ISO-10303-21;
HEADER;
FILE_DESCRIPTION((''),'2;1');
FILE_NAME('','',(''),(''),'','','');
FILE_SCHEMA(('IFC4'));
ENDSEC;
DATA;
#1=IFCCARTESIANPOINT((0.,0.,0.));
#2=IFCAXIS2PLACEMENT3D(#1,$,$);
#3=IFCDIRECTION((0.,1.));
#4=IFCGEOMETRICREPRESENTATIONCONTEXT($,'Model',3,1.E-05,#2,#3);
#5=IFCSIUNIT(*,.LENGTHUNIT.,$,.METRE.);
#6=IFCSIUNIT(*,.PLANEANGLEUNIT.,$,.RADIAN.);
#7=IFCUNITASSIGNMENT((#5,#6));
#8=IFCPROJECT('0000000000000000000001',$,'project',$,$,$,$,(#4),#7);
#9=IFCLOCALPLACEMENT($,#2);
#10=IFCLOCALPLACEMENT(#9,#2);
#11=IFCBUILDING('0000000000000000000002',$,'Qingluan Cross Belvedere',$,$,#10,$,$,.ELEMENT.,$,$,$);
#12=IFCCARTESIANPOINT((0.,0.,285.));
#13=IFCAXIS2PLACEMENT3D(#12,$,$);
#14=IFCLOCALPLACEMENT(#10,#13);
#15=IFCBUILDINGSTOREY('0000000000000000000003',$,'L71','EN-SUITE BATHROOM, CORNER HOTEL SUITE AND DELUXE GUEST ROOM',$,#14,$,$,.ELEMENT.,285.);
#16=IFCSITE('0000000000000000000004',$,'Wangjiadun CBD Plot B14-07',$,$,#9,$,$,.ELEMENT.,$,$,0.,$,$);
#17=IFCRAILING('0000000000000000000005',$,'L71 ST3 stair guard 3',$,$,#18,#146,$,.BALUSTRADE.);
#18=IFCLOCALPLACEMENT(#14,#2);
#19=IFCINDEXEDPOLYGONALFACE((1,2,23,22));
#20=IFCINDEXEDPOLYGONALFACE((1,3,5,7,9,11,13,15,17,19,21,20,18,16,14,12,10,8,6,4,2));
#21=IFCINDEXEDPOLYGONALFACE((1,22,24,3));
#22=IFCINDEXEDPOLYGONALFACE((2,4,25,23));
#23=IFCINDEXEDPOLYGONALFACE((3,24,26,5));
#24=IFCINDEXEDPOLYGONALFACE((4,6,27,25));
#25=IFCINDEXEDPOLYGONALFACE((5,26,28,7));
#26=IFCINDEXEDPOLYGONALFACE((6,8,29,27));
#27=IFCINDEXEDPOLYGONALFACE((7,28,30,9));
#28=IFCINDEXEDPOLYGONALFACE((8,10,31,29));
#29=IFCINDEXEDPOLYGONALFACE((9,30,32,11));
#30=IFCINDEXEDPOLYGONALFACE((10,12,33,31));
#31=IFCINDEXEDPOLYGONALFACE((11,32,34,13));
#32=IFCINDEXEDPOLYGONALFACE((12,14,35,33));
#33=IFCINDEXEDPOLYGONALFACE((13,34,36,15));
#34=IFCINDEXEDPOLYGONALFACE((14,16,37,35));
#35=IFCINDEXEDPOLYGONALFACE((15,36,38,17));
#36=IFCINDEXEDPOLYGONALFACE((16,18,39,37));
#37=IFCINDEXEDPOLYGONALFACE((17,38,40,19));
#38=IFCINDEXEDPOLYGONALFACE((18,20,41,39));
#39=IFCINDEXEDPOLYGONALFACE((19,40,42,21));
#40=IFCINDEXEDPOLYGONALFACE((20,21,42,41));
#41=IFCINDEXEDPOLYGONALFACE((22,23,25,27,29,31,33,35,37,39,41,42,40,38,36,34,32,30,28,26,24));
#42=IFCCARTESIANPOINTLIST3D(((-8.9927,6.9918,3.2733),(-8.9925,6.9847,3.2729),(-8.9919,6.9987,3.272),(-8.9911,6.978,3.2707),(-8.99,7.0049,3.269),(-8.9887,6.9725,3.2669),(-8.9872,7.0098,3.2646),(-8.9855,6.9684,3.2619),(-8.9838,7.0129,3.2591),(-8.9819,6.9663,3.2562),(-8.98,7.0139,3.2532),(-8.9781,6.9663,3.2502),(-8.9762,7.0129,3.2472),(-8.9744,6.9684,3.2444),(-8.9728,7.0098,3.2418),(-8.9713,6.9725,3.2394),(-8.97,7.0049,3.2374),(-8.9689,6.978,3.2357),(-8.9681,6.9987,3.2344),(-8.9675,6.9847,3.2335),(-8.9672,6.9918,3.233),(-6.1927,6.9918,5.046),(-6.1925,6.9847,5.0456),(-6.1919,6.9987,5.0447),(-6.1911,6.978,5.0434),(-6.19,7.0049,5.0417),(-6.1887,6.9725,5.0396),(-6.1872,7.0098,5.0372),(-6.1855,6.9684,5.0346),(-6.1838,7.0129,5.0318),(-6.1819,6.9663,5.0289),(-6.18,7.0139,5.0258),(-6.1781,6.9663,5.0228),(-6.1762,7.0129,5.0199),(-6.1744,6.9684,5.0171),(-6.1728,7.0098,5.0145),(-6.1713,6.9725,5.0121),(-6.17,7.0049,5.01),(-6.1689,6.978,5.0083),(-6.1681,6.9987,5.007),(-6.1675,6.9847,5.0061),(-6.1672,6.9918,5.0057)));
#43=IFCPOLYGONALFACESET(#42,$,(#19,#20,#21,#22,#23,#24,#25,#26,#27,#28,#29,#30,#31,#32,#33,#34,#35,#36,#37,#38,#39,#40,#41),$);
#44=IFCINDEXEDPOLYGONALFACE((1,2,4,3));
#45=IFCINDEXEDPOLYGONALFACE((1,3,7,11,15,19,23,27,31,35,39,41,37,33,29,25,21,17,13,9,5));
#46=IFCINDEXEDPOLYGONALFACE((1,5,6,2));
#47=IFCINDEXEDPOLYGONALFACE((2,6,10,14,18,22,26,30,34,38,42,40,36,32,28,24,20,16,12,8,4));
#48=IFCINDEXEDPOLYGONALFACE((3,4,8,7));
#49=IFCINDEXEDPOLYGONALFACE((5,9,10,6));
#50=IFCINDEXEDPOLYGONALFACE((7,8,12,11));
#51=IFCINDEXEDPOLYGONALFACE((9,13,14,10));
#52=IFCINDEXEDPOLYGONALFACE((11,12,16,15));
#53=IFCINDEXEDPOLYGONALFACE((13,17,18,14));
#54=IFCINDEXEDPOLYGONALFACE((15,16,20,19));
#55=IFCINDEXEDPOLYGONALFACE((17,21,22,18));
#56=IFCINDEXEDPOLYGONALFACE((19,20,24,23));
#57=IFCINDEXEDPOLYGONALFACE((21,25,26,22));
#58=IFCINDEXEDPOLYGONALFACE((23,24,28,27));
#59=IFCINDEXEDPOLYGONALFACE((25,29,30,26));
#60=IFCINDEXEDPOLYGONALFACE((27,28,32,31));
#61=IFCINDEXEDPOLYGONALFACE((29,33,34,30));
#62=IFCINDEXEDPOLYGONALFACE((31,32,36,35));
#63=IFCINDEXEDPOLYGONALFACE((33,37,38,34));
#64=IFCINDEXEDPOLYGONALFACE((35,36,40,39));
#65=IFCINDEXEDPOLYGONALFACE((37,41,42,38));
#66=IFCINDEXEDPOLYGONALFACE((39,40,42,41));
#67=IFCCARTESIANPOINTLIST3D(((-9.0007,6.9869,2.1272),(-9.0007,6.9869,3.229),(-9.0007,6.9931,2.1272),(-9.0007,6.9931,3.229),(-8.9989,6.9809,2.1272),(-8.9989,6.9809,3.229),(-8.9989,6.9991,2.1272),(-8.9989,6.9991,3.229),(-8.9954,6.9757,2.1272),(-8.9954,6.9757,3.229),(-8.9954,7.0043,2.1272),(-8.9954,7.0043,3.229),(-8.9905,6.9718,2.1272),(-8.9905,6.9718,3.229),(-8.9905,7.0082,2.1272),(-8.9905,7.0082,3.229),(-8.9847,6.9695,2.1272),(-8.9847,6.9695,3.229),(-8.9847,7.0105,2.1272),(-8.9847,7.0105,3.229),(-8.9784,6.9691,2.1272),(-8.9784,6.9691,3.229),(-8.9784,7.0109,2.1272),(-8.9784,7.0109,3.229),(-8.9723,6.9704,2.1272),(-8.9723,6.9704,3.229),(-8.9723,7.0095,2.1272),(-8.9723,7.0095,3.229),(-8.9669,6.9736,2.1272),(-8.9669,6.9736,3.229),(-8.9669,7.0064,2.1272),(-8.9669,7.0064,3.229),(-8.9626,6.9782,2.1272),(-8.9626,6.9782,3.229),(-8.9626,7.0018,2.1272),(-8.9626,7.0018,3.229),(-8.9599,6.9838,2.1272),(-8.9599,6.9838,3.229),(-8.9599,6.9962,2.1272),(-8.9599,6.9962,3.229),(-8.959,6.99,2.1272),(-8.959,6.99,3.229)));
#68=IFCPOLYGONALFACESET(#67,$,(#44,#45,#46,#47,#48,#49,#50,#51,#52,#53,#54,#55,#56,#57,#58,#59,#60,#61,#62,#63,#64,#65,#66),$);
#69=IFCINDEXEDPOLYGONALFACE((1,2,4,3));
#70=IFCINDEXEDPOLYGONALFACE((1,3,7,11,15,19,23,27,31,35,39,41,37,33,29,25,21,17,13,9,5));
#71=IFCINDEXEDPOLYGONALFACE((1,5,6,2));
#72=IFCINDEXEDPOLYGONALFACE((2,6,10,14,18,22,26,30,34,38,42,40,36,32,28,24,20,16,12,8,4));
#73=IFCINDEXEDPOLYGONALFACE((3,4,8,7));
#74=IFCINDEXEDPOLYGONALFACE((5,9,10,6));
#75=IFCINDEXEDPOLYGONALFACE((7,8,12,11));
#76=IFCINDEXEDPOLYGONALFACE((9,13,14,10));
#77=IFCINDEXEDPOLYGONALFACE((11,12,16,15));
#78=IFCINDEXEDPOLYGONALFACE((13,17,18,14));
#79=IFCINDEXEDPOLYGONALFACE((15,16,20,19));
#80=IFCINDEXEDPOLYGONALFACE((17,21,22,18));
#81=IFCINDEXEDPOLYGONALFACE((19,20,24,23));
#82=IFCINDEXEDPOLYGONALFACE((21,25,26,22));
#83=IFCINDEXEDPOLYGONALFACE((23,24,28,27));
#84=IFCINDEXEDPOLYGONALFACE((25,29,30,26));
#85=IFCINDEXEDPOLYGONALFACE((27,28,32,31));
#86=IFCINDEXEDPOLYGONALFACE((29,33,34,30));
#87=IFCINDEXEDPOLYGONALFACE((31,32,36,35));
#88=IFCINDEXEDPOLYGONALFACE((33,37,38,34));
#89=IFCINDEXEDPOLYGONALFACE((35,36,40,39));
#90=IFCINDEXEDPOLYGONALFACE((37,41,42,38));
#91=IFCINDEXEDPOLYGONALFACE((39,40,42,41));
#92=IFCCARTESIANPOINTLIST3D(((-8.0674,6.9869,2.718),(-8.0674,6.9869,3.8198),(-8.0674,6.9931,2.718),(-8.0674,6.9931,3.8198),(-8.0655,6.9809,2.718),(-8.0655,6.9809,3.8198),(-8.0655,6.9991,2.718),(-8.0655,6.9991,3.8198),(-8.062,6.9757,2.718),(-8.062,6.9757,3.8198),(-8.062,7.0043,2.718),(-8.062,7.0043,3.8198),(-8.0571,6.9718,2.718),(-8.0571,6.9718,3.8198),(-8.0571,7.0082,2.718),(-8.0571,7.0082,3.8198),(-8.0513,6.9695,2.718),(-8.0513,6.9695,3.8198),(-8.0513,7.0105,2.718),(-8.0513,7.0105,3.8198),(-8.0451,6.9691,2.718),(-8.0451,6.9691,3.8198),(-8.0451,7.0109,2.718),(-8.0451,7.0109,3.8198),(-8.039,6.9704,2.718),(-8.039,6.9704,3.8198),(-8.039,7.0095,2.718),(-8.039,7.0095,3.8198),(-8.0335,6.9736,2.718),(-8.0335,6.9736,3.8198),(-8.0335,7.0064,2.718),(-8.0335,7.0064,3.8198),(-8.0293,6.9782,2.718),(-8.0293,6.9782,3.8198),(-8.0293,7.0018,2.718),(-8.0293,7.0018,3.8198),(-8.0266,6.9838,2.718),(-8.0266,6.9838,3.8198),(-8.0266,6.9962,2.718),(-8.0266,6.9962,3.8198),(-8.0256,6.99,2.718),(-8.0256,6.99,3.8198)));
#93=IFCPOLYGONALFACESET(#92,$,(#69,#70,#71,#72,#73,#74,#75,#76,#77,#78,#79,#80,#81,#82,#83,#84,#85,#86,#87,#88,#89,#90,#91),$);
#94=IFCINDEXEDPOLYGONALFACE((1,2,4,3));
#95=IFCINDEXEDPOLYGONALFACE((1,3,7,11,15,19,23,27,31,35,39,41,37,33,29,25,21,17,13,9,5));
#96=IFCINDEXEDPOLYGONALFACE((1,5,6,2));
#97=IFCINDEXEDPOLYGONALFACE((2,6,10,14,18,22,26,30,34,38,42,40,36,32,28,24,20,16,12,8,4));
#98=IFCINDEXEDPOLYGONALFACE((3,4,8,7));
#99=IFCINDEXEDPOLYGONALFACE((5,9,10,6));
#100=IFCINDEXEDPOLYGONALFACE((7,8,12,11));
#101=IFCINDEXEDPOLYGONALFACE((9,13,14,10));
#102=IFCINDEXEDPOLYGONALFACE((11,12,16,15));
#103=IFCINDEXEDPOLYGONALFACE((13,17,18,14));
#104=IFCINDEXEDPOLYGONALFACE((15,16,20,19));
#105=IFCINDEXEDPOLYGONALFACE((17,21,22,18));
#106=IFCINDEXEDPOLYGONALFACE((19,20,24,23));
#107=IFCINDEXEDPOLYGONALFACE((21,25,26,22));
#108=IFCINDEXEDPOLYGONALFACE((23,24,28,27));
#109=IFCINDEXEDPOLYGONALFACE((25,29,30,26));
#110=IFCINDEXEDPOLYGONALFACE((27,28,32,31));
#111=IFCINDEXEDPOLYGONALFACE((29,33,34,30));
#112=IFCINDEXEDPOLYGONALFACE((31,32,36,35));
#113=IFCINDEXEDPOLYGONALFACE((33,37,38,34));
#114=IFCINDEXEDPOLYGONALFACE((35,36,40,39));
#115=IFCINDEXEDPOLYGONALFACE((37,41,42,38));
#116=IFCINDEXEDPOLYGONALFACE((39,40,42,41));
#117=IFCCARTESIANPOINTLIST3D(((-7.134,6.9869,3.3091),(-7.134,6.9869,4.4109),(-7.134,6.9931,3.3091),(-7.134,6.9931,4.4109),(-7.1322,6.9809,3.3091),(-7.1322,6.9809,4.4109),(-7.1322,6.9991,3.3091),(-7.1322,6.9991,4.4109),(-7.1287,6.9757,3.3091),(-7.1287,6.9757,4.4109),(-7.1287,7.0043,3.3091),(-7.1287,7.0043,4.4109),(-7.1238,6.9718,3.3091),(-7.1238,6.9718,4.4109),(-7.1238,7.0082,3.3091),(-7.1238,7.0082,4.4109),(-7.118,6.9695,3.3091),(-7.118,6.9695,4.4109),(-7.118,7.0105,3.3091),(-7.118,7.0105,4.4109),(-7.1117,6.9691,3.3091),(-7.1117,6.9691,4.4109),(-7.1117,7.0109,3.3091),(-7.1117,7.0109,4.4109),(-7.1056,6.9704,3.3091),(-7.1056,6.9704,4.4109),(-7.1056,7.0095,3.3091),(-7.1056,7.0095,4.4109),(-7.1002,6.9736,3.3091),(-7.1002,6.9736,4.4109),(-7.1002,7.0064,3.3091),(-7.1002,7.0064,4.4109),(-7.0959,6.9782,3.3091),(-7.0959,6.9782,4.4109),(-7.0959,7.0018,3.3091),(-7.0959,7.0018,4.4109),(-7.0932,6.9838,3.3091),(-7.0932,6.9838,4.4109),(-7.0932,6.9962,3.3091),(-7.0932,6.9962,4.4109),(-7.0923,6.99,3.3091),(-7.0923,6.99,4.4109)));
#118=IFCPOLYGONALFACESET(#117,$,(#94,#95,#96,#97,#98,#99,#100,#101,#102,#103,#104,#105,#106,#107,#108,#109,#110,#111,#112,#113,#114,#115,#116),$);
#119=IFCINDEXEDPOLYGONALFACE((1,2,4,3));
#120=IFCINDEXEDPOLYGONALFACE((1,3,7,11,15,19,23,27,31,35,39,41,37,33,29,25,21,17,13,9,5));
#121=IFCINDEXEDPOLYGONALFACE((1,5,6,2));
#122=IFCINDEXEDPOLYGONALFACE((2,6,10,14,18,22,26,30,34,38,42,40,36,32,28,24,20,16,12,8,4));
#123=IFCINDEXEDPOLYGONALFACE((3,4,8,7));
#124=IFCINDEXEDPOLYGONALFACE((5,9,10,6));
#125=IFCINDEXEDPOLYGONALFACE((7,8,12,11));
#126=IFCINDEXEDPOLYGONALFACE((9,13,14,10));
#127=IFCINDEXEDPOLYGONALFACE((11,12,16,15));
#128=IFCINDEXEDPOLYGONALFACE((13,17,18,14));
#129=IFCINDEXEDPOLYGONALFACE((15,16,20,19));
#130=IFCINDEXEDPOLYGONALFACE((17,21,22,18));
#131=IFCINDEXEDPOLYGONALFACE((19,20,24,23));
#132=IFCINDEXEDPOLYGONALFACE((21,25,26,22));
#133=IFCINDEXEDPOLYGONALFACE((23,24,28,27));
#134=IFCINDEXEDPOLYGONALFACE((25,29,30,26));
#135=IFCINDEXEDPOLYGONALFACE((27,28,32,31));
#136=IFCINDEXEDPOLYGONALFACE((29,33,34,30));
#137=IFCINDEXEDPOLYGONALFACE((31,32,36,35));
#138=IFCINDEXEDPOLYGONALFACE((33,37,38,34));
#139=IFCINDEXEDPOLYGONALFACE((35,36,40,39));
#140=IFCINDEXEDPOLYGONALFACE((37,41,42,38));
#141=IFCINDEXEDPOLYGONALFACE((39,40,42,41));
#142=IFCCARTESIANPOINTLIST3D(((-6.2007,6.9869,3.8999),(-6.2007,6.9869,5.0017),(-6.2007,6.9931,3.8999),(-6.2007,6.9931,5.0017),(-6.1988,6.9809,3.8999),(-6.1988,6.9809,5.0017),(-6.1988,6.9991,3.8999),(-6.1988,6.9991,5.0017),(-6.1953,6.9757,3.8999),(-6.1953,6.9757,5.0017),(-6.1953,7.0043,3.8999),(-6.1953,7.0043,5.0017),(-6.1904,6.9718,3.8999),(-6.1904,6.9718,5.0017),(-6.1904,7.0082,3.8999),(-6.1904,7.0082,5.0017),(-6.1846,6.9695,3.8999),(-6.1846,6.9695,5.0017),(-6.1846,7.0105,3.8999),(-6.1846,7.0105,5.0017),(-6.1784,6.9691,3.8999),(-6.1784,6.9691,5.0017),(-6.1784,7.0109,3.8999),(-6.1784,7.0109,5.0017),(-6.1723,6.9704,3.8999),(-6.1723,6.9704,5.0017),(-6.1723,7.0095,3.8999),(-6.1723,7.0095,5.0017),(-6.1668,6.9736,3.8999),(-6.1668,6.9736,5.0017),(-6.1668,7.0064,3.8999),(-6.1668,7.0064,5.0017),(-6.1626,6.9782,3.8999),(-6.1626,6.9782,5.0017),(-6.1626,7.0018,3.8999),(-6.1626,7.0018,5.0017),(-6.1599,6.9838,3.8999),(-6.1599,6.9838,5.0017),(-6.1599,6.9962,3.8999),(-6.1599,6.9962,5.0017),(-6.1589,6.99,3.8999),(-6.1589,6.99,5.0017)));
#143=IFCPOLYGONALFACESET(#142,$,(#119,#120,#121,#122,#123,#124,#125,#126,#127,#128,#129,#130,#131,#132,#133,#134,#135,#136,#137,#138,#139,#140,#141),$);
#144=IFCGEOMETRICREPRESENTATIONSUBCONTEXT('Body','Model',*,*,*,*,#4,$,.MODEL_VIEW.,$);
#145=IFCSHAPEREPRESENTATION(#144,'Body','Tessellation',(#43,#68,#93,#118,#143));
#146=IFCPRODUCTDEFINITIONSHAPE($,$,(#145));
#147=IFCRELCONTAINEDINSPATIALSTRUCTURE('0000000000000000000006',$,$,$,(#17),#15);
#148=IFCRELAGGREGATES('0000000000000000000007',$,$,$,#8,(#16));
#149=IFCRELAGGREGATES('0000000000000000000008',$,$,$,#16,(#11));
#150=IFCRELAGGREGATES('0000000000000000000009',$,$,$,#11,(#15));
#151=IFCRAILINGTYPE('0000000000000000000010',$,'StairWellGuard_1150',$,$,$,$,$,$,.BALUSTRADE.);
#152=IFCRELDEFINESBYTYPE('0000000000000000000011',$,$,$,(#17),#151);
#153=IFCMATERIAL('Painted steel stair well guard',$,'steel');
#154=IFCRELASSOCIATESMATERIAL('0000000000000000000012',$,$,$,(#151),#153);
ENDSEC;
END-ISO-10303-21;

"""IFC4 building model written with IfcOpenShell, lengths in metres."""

from ifc_helpers import new_model, si_unit, direction, frame, origin, origin_2d, place, context, subcontext, project, spatial, circle, extrude, material, type_object, element, save


model = new_model("IFC4")

# Units and contexts
model_context = context("Model", 3, precision=1e-05, world=origin(), true_north=direction((0.0, 1.0)))
body_context = subcontext(model_context, "Body", "Model", "MODEL_VIEW")
ifc_project = project(units=[si_unit("LENGTHUNIT", "METRE"), si_unit("PLANEANGLEUNIT", "RADIAN")], contexts=[model_context])

# Site, building, storey
site_placement = place(None, origin())
site = spatial("IfcSite", under=ifc_project, at=site_placement, Name="Wangjiadun CBD Plot B14-07", CompositionType="ELEMENT", RefElevation=0.0)
building_placement = place(site_placement, origin())
building = spatial("IfcBuilding", under=site, at=building_placement, Name="Qingluan Cross Belvedere", CompositionType="ELEMENT")
storey_placement = place(building_placement, frame((0.0, 0.0, 285.0)))
storey = spatial("IfcBuildingStorey", under=building, at=storey_placement, Name="L71", Description="EN-SUITE BATHROOM, CORNER HOTEL SUITE AND DELUXE GUEST ROOM", CompositionType="ELEMENT", Elevation=285.0)

# Railing
ifc_material_1 = material(Name="Painted steel stair well guard", Category="steel")
railing_type_1 = type_object("IfcRailingType", Name="StairWellGuard_1150", PredefinedType="BALUSTRADE", material=ifc_material_1)
railing_1_placement = place(storey_placement, frame((-8.98, 6.99, 2.1272)))
element("IfcRailing", 1, at=railing_1_placement, inside=storey, type_object=railing_type_1, Name="L71 ST3 stair guard 3", PredefinedType="BALUSTRADE", context=body_context, shape_type="SweptSolid", body=[
    extrude(circle(Radius=0.0239, at=origin_2d()), frame((0.0, 0.0, 1.126), z_axis=(0.844909, 0.0, 0.53491), x_axis=(0.0, 1.0, 0.0)), (0.0, 0.0, 1.0), 3.314),
    extrude(circle(Radius=0.021, at=origin_2d()), origin(), (0.0, 0.0, 1.0), 1.1018),
    extrude(circle(Radius=0.021, at=origin_2d()), frame((0.9333, 0.0, 0.5908)), (0.0, 0.0, 1.0), 1.1018),
    extrude(circle(Radius=0.021, at=origin_2d()), frame((1.8667, 0.0, 1.1819)), (0.0, 0.0, 1.0), 1.1018),
    extrude(circle(Radius=0.021, at=origin_2d()), frame((2.8, 0.0, 1.7727)), (0.0, 0.0, 1.0), 1.1018),
])

save(model, "model.ifc")
